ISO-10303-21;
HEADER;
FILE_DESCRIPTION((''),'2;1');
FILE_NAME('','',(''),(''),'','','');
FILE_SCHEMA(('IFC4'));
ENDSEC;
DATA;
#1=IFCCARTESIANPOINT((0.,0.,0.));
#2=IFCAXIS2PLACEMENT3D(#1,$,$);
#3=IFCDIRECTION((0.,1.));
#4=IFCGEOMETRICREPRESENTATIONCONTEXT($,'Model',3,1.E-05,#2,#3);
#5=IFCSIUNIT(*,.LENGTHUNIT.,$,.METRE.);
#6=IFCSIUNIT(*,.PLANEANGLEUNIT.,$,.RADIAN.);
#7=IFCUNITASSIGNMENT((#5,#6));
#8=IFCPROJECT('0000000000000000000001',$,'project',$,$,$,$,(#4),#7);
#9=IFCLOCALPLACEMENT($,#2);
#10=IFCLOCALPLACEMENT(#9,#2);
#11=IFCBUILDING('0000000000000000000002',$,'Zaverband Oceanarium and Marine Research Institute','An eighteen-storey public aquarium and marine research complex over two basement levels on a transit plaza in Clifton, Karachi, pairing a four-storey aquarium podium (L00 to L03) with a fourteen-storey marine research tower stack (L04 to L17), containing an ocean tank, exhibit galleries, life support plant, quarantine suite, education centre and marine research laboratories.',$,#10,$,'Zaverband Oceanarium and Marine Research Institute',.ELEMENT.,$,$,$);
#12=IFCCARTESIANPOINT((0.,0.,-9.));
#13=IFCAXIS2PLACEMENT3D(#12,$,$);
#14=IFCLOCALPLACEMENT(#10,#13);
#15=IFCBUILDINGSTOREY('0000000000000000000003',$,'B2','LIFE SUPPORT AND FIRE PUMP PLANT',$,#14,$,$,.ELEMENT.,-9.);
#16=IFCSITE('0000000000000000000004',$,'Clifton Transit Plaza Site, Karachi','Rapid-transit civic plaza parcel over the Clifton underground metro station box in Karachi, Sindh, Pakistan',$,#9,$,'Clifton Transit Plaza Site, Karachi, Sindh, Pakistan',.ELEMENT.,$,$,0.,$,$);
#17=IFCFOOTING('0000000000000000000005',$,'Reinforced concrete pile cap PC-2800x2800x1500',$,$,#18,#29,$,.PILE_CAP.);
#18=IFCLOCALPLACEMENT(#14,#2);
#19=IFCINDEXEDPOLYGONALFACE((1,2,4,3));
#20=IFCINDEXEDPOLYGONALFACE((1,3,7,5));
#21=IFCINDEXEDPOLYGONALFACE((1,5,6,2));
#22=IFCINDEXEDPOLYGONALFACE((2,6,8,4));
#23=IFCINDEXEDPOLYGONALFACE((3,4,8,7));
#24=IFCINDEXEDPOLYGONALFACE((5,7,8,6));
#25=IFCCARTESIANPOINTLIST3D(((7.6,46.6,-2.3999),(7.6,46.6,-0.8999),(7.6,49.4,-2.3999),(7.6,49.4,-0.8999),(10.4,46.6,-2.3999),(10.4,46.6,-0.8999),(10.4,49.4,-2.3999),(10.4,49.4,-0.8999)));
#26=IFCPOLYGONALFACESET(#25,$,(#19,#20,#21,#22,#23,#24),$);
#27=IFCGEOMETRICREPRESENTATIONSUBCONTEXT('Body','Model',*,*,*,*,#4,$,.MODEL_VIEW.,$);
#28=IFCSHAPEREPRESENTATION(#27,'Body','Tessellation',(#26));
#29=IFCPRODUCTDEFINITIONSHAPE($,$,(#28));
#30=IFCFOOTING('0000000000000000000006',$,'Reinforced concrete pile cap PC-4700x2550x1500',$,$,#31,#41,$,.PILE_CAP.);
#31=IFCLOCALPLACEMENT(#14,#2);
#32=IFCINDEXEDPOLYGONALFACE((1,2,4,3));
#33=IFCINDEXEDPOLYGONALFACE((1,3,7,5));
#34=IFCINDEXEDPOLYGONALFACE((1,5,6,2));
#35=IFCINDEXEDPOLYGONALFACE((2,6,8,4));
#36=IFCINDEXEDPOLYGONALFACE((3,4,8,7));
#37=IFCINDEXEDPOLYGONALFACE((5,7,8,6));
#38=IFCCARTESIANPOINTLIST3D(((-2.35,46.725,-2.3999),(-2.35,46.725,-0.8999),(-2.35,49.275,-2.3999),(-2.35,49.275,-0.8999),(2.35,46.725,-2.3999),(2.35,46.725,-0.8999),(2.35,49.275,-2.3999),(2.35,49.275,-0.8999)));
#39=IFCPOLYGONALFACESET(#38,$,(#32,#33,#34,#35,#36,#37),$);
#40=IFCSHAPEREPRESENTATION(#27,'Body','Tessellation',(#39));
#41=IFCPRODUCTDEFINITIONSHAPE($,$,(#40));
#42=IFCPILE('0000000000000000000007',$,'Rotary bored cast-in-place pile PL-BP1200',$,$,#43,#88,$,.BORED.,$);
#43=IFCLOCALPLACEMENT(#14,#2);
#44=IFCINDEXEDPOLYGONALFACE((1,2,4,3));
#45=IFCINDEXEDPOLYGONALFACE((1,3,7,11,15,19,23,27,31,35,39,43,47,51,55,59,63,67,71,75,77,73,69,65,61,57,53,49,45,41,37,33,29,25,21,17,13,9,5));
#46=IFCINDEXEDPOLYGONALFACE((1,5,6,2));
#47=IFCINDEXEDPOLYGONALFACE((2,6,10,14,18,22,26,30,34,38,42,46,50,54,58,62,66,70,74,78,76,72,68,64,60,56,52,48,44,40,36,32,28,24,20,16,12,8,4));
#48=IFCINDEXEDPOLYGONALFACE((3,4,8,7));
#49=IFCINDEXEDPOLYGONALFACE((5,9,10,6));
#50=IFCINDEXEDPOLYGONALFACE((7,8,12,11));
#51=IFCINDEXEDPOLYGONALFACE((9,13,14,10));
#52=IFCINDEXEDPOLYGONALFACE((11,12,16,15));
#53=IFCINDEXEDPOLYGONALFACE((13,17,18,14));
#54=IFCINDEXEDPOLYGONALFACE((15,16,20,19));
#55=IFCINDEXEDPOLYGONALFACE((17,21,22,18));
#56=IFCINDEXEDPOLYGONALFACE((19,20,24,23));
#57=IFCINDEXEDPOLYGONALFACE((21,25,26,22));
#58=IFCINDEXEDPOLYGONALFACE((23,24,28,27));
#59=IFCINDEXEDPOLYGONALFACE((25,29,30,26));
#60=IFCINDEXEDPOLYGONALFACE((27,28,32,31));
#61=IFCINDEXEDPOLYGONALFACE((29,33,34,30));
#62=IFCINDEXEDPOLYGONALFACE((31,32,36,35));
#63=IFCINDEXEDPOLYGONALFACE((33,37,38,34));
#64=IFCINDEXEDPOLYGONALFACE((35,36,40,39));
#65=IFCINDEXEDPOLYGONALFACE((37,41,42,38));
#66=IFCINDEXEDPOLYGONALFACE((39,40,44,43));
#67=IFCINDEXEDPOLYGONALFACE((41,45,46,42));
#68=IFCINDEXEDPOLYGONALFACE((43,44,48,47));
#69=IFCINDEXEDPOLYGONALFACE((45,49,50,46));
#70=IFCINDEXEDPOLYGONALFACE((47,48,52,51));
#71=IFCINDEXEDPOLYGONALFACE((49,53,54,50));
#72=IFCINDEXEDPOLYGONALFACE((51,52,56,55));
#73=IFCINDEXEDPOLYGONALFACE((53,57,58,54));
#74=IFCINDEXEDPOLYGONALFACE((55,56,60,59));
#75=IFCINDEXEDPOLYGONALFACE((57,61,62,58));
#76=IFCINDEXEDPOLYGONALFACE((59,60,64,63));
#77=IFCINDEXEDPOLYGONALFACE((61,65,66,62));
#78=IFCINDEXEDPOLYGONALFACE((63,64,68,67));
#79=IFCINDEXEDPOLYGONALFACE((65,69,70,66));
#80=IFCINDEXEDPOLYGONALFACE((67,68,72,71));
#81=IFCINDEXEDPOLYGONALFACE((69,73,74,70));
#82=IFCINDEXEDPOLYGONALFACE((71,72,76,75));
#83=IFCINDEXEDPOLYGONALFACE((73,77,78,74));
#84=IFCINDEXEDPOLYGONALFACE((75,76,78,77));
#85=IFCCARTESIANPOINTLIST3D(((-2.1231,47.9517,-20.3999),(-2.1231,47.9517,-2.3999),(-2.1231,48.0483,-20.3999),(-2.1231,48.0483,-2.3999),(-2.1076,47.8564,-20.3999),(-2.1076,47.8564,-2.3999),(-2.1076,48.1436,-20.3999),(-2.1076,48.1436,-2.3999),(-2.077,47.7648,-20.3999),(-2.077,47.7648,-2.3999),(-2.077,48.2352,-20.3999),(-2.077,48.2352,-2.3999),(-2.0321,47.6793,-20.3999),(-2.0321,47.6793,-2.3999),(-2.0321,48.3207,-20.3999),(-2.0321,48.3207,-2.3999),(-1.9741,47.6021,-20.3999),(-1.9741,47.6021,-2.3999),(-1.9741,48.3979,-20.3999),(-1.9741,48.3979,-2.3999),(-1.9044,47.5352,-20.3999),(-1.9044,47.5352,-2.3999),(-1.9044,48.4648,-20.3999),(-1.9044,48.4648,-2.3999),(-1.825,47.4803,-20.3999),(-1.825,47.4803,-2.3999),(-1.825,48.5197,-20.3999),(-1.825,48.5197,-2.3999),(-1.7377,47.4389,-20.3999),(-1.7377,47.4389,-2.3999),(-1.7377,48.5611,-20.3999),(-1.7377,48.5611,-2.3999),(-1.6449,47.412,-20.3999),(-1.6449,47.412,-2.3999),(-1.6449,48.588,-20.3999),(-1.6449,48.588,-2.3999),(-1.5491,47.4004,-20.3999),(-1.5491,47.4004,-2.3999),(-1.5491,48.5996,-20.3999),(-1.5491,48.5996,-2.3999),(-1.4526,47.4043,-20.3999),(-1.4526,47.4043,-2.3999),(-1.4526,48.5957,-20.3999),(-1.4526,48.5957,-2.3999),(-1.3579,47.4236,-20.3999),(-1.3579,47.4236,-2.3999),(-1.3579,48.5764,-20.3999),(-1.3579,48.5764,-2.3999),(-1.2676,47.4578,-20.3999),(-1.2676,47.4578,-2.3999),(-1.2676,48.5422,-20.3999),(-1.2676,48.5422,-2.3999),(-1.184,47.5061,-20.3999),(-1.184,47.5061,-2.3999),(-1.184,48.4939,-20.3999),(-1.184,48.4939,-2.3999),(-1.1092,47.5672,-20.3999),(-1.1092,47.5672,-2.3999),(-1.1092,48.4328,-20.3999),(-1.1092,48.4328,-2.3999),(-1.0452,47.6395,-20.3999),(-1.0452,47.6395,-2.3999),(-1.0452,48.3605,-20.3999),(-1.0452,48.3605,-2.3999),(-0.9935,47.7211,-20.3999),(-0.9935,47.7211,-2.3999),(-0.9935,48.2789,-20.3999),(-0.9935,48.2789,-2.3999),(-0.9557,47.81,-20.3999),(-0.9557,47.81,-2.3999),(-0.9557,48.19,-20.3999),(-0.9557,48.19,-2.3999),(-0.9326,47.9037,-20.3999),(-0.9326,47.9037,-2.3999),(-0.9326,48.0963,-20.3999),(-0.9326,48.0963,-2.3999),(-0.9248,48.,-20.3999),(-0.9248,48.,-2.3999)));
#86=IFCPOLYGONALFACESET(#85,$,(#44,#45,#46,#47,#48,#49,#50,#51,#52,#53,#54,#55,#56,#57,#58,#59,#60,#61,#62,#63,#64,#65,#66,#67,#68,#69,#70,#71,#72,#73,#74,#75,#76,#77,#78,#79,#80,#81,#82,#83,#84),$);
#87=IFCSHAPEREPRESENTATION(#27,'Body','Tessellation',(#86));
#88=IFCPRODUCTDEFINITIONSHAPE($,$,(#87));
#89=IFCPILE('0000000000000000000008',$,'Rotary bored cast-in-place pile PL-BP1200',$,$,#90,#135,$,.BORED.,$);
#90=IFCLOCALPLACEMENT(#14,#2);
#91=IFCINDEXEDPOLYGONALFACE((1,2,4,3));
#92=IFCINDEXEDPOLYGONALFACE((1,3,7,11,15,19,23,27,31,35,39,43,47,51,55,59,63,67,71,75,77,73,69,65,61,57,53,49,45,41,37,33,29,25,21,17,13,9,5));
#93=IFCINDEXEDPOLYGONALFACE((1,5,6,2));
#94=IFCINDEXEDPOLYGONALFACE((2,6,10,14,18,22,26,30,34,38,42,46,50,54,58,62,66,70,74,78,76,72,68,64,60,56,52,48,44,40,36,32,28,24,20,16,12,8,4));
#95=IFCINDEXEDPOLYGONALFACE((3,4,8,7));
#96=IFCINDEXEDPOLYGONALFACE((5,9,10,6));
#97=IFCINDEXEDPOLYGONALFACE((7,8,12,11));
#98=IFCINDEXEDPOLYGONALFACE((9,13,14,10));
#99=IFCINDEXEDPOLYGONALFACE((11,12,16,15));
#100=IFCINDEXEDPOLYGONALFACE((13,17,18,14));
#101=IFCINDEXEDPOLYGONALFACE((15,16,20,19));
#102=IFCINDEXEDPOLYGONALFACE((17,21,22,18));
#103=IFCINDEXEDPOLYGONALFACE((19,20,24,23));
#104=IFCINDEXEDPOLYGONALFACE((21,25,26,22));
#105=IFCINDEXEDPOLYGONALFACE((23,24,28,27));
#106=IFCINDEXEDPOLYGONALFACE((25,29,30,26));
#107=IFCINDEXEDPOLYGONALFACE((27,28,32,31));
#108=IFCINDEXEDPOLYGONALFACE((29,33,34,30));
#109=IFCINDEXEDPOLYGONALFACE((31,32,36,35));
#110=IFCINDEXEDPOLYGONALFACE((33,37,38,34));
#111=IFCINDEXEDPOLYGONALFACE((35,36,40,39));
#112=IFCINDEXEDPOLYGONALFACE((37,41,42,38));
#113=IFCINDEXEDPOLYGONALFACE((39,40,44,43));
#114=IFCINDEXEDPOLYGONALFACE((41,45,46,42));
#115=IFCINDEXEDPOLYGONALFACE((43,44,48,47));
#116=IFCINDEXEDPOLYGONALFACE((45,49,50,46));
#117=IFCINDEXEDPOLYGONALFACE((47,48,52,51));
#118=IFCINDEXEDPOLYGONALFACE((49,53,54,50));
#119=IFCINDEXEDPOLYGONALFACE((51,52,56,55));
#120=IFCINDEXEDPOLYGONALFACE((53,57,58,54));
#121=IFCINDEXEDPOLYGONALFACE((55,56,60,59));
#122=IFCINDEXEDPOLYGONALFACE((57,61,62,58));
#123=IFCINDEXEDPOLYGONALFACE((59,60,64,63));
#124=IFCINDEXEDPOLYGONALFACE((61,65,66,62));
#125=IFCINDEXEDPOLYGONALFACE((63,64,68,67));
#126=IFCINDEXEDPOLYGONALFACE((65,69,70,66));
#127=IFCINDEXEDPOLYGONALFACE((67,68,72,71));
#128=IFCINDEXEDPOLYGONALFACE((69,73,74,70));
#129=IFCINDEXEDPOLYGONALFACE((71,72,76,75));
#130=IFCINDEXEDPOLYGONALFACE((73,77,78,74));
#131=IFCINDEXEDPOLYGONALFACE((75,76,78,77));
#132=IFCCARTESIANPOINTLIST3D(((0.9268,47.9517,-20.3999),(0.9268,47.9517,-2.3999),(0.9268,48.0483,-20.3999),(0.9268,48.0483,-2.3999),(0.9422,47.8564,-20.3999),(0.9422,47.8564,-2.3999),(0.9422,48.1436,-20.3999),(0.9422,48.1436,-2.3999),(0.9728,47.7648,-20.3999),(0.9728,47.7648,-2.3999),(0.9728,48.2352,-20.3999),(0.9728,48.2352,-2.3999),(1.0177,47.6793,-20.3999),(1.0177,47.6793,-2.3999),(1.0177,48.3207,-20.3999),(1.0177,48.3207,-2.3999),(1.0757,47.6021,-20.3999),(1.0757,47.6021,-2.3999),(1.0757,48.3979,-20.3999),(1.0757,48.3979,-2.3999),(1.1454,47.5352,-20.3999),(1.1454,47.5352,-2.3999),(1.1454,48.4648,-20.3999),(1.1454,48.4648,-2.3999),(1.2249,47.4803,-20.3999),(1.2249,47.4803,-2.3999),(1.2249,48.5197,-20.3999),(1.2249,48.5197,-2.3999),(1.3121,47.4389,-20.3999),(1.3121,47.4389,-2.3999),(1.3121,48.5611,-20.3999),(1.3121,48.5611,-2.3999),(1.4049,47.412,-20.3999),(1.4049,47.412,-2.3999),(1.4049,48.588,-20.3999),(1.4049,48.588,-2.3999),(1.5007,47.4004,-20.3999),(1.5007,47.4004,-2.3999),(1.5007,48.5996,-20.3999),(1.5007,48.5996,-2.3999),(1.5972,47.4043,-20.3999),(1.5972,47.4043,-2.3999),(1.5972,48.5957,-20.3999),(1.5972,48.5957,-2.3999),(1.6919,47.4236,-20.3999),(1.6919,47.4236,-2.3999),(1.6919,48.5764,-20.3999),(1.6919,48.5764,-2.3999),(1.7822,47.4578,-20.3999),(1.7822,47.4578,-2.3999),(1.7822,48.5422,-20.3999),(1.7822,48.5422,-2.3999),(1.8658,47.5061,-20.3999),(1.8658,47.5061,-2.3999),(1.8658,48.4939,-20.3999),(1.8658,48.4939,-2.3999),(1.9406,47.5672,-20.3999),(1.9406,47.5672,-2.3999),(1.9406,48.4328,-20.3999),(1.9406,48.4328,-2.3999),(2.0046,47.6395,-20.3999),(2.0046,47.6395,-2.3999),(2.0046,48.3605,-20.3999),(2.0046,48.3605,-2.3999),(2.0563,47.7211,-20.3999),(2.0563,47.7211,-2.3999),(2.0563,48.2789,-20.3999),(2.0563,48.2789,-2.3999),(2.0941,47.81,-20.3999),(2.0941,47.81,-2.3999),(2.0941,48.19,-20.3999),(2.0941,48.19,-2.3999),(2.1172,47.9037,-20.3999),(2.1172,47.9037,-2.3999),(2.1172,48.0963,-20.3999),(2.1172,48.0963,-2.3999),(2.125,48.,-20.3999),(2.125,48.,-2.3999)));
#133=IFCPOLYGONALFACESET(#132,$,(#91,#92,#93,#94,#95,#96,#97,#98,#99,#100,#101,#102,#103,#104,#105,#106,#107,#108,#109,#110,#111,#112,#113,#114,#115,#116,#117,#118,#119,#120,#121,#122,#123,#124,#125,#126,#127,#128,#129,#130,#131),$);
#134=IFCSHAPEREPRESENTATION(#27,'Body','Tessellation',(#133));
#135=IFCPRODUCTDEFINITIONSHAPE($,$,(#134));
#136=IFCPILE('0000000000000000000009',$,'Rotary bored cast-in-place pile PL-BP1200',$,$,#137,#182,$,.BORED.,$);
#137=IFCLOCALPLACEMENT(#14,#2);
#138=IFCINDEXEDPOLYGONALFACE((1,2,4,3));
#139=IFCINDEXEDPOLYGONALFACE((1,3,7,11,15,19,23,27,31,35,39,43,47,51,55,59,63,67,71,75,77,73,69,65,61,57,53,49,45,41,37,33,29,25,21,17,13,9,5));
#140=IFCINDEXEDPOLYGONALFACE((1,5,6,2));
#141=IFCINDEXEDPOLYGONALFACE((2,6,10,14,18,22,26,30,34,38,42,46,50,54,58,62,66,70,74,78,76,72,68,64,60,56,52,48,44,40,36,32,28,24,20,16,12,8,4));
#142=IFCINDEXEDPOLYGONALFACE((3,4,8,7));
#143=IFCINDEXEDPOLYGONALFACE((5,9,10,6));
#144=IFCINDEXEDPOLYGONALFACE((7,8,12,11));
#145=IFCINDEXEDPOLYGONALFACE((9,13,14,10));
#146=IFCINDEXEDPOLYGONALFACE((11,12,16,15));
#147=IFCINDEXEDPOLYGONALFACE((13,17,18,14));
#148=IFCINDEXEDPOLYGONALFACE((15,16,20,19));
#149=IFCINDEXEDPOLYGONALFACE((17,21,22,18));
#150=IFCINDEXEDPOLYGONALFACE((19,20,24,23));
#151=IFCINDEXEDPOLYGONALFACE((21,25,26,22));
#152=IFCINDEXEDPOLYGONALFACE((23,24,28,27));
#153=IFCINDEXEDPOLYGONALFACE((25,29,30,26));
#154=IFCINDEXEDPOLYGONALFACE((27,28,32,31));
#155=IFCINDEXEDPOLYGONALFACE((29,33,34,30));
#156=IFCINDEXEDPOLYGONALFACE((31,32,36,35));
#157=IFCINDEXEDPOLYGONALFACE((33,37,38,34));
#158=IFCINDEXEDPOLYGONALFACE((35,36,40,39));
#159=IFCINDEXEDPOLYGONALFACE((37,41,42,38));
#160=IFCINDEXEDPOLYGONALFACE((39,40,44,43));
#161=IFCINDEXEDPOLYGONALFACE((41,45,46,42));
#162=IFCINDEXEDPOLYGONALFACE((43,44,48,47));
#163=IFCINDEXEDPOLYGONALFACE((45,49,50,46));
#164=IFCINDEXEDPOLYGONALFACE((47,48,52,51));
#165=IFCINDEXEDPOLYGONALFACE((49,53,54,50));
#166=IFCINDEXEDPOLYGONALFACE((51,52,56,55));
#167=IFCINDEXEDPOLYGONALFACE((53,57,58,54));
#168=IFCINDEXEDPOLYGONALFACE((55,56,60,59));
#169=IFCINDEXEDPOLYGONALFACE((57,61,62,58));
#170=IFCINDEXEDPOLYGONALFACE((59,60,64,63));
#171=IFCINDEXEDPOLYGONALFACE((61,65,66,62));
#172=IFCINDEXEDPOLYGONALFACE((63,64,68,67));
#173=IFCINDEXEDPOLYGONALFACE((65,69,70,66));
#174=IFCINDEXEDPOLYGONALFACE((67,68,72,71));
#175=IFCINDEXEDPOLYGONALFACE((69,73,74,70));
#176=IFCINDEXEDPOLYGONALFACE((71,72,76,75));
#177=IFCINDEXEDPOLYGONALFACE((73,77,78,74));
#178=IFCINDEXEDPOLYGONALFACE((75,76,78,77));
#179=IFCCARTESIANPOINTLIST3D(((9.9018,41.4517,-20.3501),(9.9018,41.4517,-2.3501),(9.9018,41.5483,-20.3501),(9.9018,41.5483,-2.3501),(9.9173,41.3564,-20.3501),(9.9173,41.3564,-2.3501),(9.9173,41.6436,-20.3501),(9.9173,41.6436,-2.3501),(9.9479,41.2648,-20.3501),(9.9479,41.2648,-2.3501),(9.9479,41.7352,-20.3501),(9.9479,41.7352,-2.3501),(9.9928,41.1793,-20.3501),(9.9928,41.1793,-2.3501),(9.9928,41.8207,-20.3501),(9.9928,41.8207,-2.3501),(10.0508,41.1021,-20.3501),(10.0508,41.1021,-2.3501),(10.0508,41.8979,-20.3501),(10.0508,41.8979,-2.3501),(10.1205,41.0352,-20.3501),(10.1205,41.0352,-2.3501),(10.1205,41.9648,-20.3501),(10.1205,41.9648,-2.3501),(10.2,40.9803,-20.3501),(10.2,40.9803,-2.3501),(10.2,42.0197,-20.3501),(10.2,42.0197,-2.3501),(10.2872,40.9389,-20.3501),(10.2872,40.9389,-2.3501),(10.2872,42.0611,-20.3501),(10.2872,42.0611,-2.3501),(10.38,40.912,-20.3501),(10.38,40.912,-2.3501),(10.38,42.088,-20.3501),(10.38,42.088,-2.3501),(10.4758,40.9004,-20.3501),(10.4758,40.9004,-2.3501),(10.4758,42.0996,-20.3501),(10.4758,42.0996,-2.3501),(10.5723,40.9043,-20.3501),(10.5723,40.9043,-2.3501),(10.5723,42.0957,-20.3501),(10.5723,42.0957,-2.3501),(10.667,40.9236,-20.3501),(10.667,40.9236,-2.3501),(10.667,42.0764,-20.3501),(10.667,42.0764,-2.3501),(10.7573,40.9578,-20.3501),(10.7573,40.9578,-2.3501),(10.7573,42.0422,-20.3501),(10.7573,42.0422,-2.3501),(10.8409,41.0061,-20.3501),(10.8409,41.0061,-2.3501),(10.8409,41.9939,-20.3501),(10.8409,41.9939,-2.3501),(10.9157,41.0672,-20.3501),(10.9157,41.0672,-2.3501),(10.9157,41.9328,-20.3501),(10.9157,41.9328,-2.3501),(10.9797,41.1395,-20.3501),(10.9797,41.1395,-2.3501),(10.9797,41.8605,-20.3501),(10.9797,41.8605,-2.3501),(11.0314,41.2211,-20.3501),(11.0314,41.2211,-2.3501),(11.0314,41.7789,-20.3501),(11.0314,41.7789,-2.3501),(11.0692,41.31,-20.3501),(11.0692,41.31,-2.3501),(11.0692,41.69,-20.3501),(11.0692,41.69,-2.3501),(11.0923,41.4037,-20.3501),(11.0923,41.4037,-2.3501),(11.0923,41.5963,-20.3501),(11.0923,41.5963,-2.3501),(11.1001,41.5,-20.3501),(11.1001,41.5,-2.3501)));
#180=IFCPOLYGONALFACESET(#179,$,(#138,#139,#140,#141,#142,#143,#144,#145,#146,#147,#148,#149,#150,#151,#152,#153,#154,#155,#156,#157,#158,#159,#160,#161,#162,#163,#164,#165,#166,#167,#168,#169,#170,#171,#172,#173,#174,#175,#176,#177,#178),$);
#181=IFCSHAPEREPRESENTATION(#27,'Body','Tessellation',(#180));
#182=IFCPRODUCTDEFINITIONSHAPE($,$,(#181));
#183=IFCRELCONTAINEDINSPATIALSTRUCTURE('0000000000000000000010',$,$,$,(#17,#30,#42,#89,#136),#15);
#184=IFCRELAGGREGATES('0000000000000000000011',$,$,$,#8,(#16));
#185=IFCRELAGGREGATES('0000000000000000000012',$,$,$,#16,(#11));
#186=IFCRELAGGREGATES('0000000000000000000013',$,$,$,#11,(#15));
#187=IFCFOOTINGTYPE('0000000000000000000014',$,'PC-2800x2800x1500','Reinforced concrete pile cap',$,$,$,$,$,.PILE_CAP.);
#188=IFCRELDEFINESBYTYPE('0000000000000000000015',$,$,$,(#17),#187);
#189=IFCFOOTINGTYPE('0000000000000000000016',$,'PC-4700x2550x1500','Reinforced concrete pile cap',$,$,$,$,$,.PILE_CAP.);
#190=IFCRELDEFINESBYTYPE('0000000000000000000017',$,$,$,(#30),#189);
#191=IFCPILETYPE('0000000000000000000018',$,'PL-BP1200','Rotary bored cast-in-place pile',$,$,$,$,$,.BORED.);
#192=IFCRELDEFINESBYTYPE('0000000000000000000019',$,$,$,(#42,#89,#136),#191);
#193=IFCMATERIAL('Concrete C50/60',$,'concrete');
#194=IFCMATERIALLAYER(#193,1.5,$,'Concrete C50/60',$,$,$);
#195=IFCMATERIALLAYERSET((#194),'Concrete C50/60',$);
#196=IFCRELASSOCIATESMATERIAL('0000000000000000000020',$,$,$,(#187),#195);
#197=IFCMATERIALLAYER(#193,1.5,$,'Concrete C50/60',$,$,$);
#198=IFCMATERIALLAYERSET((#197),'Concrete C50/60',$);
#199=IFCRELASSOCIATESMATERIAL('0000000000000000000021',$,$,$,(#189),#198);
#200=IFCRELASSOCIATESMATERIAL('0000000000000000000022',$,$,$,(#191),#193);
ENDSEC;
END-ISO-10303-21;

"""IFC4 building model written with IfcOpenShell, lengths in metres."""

from ifc_helpers import new_model, si_unit, direction, frame, origin, origin_2d, place, context, subcontext, project, spatial, rectangle, circle, extrude, material, layer, layer_set, material_profile, profile_set, type_object, element, save


model = new_model("IFC4")

# Units and contexts
model_context = context("Model", 3, precision=1e-05, world=origin(), true_north=direction((0.0, 1.0)))
body_context = subcontext(model_context, "Body", "Model", "MODEL_VIEW")
ifc_project = project(units=[si_unit("LENGTHUNIT", "METRE"), si_unit("PLANEANGLEUNIT", "RADIAN")], contexts=[model_context])

# Site, building, storey
site_placement = place(None, origin())
site = spatial("IfcSite", under=ifc_project, at=site_placement, Name="Clifton Transit Plaza Site, Karachi", Description="Rapid-transit civic plaza parcel over the Clifton underground metro station box in Karachi, Sindh, Pakistan", LongName="Clifton Transit Plaza Site, Karachi, Sindh, Pakistan", CompositionType="ELEMENT", RefElevation=0.0)
building_placement = place(site_placement, origin())
building = spatial("IfcBuilding", under=site, at=building_placement, Name="Zaverband Oceanarium and Marine Research Institute", Description="An eighteen-storey public aquarium and marine research complex over two basement levels on a transit plaza in Clifton, Karachi, pairing a four-storey aquarium podium (L00 to L03) with a fourteen-storey marine research tower stack (L04 to L17), containing an ocean tank, exhibit galleries, life support plant, quarantine suite, education centre and marine research laboratories.", LongName="Zaverband Oceanarium and Marine Research Institute", CompositionType="ELEMENT")
storey_placement = place(building_placement, frame((0.0, 0.0, -9.0)))
storey = spatial("IfcBuildingStorey", under=building, at=storey_placement, Name="B2", Description="LIFE SUPPORT AND FIRE PUMP PLANT", CompositionType="ELEMENT", Elevation=-9.0)

# Footings
ifc_material_1 = material(Name="Concrete C50/60", Category="concrete")
ifc_layer_1 = layer(ifc_material_1, 1.5, Name="Concrete C50/60")
ifc_layer_set_1 = layer_set([ifc_layer_1], Name="Concrete C50/60")
footing_type_1 = type_object("IfcFootingType", Name="PC-2800x2800x1500", Description="Reinforced concrete pile cap", PredefinedType="PILE_CAP", material=ifc_layer_set_1)
footing_1_placement = place(storey_placement, frame((9.0, 48.0, -2.3999), z_axis=(0.0, 0.0, 1.0), x_axis=(1.0, 0.0, 0.0)))
element("IfcFooting", 1, at=footing_1_placement, inside=storey, type_object=footing_type_1, Name="Reinforced concrete pile cap PC-2800x2800x1500", PredefinedType="PILE_CAP", context=body_context, shape_type="SweptSolid", body=[
    extrude(rectangle(XDim=2.8, YDim=2.8, at=origin_2d()), origin(), (0.0, 0.0, 1.0), 1.5),
])
ifc_layer_2 = layer(ifc_material_1, 1.5, Name="Concrete C50/60")
ifc_layer_set_2 = layer_set([ifc_layer_2], Name="Concrete C50/60")
footing_type_2 = type_object("IfcFootingType", Name="PC-4700x2550x1500", Description="Reinforced concrete pile cap", PredefinedType="PILE_CAP", material=ifc_layer_set_2)
footing_2_placement = place(storey_placement, frame((0.0, 48.0, -2.3999), z_axis=(0.0, 0.0, 1.0), x_axis=(1.0, 0.0, 0.0)))
element("IfcFooting", 2, at=footing_2_placement, inside=storey, type_object=footing_type_2, Name="Reinforced concrete pile cap PC-4700x2550x1500", PredefinedType="PILE_CAP", context=body_context, shape_type="SweptSolid", body=[
    extrude(rectangle(XDim=4.7, YDim=2.55, at=origin_2d()), origin(), (0.0, 0.0, 1.0), 1.5),
])

# Piles
ifc_material_profile_1 = material_profile(ifc_material_1, circle(Radius=0.6001, at=origin_2d()), Name="BP1200")
ifc_profile_set_1 = profile_set([ifc_material_profile_1], Name="Concrete C50/60")
pile_type = type_object("IfcPileType", Name="PL-BP1200", Description="Rotary bored cast-in-place pile", PredefinedType="BORED", material=ifc_profile_set_1)
for number, where, z_axis, x_axis, name in (
    (3, (-1.5249, 48.0, -2.3999), (0.0, 0.0, -1.0), (1.0, 0.0, 0.0), "Rotary bored cast-in-place pile PL-BP1200"),
    (4, (1.5249, 48.0, -2.3999), (0.0, 0.0, -1.0), (1.0, 0.0, 0.0), "Rotary bored cast-in-place pile PL-BP1200"),
    (5, (10.5, 41.5, -2.3501), (0.0, 0.0, -1.0), (1.0, 0.0, 0.0), "Rotary bored cast-in-place pile PL-BP1200"),
):
    element("IfcPile", number, at=place(storey_placement, frame(where, z_axis=z_axis, x_axis=x_axis)), inside=storey, type_object=pile_type, Name=name, PredefinedType="BORED", context=body_context, shape_type="SweptSolid", body=[
        extrude(circle(Radius=0.6001, at=origin_2d()), origin(), (0.0, 0.0, 1.0), 18.0),
    ])

save(model, "model.ifc")
